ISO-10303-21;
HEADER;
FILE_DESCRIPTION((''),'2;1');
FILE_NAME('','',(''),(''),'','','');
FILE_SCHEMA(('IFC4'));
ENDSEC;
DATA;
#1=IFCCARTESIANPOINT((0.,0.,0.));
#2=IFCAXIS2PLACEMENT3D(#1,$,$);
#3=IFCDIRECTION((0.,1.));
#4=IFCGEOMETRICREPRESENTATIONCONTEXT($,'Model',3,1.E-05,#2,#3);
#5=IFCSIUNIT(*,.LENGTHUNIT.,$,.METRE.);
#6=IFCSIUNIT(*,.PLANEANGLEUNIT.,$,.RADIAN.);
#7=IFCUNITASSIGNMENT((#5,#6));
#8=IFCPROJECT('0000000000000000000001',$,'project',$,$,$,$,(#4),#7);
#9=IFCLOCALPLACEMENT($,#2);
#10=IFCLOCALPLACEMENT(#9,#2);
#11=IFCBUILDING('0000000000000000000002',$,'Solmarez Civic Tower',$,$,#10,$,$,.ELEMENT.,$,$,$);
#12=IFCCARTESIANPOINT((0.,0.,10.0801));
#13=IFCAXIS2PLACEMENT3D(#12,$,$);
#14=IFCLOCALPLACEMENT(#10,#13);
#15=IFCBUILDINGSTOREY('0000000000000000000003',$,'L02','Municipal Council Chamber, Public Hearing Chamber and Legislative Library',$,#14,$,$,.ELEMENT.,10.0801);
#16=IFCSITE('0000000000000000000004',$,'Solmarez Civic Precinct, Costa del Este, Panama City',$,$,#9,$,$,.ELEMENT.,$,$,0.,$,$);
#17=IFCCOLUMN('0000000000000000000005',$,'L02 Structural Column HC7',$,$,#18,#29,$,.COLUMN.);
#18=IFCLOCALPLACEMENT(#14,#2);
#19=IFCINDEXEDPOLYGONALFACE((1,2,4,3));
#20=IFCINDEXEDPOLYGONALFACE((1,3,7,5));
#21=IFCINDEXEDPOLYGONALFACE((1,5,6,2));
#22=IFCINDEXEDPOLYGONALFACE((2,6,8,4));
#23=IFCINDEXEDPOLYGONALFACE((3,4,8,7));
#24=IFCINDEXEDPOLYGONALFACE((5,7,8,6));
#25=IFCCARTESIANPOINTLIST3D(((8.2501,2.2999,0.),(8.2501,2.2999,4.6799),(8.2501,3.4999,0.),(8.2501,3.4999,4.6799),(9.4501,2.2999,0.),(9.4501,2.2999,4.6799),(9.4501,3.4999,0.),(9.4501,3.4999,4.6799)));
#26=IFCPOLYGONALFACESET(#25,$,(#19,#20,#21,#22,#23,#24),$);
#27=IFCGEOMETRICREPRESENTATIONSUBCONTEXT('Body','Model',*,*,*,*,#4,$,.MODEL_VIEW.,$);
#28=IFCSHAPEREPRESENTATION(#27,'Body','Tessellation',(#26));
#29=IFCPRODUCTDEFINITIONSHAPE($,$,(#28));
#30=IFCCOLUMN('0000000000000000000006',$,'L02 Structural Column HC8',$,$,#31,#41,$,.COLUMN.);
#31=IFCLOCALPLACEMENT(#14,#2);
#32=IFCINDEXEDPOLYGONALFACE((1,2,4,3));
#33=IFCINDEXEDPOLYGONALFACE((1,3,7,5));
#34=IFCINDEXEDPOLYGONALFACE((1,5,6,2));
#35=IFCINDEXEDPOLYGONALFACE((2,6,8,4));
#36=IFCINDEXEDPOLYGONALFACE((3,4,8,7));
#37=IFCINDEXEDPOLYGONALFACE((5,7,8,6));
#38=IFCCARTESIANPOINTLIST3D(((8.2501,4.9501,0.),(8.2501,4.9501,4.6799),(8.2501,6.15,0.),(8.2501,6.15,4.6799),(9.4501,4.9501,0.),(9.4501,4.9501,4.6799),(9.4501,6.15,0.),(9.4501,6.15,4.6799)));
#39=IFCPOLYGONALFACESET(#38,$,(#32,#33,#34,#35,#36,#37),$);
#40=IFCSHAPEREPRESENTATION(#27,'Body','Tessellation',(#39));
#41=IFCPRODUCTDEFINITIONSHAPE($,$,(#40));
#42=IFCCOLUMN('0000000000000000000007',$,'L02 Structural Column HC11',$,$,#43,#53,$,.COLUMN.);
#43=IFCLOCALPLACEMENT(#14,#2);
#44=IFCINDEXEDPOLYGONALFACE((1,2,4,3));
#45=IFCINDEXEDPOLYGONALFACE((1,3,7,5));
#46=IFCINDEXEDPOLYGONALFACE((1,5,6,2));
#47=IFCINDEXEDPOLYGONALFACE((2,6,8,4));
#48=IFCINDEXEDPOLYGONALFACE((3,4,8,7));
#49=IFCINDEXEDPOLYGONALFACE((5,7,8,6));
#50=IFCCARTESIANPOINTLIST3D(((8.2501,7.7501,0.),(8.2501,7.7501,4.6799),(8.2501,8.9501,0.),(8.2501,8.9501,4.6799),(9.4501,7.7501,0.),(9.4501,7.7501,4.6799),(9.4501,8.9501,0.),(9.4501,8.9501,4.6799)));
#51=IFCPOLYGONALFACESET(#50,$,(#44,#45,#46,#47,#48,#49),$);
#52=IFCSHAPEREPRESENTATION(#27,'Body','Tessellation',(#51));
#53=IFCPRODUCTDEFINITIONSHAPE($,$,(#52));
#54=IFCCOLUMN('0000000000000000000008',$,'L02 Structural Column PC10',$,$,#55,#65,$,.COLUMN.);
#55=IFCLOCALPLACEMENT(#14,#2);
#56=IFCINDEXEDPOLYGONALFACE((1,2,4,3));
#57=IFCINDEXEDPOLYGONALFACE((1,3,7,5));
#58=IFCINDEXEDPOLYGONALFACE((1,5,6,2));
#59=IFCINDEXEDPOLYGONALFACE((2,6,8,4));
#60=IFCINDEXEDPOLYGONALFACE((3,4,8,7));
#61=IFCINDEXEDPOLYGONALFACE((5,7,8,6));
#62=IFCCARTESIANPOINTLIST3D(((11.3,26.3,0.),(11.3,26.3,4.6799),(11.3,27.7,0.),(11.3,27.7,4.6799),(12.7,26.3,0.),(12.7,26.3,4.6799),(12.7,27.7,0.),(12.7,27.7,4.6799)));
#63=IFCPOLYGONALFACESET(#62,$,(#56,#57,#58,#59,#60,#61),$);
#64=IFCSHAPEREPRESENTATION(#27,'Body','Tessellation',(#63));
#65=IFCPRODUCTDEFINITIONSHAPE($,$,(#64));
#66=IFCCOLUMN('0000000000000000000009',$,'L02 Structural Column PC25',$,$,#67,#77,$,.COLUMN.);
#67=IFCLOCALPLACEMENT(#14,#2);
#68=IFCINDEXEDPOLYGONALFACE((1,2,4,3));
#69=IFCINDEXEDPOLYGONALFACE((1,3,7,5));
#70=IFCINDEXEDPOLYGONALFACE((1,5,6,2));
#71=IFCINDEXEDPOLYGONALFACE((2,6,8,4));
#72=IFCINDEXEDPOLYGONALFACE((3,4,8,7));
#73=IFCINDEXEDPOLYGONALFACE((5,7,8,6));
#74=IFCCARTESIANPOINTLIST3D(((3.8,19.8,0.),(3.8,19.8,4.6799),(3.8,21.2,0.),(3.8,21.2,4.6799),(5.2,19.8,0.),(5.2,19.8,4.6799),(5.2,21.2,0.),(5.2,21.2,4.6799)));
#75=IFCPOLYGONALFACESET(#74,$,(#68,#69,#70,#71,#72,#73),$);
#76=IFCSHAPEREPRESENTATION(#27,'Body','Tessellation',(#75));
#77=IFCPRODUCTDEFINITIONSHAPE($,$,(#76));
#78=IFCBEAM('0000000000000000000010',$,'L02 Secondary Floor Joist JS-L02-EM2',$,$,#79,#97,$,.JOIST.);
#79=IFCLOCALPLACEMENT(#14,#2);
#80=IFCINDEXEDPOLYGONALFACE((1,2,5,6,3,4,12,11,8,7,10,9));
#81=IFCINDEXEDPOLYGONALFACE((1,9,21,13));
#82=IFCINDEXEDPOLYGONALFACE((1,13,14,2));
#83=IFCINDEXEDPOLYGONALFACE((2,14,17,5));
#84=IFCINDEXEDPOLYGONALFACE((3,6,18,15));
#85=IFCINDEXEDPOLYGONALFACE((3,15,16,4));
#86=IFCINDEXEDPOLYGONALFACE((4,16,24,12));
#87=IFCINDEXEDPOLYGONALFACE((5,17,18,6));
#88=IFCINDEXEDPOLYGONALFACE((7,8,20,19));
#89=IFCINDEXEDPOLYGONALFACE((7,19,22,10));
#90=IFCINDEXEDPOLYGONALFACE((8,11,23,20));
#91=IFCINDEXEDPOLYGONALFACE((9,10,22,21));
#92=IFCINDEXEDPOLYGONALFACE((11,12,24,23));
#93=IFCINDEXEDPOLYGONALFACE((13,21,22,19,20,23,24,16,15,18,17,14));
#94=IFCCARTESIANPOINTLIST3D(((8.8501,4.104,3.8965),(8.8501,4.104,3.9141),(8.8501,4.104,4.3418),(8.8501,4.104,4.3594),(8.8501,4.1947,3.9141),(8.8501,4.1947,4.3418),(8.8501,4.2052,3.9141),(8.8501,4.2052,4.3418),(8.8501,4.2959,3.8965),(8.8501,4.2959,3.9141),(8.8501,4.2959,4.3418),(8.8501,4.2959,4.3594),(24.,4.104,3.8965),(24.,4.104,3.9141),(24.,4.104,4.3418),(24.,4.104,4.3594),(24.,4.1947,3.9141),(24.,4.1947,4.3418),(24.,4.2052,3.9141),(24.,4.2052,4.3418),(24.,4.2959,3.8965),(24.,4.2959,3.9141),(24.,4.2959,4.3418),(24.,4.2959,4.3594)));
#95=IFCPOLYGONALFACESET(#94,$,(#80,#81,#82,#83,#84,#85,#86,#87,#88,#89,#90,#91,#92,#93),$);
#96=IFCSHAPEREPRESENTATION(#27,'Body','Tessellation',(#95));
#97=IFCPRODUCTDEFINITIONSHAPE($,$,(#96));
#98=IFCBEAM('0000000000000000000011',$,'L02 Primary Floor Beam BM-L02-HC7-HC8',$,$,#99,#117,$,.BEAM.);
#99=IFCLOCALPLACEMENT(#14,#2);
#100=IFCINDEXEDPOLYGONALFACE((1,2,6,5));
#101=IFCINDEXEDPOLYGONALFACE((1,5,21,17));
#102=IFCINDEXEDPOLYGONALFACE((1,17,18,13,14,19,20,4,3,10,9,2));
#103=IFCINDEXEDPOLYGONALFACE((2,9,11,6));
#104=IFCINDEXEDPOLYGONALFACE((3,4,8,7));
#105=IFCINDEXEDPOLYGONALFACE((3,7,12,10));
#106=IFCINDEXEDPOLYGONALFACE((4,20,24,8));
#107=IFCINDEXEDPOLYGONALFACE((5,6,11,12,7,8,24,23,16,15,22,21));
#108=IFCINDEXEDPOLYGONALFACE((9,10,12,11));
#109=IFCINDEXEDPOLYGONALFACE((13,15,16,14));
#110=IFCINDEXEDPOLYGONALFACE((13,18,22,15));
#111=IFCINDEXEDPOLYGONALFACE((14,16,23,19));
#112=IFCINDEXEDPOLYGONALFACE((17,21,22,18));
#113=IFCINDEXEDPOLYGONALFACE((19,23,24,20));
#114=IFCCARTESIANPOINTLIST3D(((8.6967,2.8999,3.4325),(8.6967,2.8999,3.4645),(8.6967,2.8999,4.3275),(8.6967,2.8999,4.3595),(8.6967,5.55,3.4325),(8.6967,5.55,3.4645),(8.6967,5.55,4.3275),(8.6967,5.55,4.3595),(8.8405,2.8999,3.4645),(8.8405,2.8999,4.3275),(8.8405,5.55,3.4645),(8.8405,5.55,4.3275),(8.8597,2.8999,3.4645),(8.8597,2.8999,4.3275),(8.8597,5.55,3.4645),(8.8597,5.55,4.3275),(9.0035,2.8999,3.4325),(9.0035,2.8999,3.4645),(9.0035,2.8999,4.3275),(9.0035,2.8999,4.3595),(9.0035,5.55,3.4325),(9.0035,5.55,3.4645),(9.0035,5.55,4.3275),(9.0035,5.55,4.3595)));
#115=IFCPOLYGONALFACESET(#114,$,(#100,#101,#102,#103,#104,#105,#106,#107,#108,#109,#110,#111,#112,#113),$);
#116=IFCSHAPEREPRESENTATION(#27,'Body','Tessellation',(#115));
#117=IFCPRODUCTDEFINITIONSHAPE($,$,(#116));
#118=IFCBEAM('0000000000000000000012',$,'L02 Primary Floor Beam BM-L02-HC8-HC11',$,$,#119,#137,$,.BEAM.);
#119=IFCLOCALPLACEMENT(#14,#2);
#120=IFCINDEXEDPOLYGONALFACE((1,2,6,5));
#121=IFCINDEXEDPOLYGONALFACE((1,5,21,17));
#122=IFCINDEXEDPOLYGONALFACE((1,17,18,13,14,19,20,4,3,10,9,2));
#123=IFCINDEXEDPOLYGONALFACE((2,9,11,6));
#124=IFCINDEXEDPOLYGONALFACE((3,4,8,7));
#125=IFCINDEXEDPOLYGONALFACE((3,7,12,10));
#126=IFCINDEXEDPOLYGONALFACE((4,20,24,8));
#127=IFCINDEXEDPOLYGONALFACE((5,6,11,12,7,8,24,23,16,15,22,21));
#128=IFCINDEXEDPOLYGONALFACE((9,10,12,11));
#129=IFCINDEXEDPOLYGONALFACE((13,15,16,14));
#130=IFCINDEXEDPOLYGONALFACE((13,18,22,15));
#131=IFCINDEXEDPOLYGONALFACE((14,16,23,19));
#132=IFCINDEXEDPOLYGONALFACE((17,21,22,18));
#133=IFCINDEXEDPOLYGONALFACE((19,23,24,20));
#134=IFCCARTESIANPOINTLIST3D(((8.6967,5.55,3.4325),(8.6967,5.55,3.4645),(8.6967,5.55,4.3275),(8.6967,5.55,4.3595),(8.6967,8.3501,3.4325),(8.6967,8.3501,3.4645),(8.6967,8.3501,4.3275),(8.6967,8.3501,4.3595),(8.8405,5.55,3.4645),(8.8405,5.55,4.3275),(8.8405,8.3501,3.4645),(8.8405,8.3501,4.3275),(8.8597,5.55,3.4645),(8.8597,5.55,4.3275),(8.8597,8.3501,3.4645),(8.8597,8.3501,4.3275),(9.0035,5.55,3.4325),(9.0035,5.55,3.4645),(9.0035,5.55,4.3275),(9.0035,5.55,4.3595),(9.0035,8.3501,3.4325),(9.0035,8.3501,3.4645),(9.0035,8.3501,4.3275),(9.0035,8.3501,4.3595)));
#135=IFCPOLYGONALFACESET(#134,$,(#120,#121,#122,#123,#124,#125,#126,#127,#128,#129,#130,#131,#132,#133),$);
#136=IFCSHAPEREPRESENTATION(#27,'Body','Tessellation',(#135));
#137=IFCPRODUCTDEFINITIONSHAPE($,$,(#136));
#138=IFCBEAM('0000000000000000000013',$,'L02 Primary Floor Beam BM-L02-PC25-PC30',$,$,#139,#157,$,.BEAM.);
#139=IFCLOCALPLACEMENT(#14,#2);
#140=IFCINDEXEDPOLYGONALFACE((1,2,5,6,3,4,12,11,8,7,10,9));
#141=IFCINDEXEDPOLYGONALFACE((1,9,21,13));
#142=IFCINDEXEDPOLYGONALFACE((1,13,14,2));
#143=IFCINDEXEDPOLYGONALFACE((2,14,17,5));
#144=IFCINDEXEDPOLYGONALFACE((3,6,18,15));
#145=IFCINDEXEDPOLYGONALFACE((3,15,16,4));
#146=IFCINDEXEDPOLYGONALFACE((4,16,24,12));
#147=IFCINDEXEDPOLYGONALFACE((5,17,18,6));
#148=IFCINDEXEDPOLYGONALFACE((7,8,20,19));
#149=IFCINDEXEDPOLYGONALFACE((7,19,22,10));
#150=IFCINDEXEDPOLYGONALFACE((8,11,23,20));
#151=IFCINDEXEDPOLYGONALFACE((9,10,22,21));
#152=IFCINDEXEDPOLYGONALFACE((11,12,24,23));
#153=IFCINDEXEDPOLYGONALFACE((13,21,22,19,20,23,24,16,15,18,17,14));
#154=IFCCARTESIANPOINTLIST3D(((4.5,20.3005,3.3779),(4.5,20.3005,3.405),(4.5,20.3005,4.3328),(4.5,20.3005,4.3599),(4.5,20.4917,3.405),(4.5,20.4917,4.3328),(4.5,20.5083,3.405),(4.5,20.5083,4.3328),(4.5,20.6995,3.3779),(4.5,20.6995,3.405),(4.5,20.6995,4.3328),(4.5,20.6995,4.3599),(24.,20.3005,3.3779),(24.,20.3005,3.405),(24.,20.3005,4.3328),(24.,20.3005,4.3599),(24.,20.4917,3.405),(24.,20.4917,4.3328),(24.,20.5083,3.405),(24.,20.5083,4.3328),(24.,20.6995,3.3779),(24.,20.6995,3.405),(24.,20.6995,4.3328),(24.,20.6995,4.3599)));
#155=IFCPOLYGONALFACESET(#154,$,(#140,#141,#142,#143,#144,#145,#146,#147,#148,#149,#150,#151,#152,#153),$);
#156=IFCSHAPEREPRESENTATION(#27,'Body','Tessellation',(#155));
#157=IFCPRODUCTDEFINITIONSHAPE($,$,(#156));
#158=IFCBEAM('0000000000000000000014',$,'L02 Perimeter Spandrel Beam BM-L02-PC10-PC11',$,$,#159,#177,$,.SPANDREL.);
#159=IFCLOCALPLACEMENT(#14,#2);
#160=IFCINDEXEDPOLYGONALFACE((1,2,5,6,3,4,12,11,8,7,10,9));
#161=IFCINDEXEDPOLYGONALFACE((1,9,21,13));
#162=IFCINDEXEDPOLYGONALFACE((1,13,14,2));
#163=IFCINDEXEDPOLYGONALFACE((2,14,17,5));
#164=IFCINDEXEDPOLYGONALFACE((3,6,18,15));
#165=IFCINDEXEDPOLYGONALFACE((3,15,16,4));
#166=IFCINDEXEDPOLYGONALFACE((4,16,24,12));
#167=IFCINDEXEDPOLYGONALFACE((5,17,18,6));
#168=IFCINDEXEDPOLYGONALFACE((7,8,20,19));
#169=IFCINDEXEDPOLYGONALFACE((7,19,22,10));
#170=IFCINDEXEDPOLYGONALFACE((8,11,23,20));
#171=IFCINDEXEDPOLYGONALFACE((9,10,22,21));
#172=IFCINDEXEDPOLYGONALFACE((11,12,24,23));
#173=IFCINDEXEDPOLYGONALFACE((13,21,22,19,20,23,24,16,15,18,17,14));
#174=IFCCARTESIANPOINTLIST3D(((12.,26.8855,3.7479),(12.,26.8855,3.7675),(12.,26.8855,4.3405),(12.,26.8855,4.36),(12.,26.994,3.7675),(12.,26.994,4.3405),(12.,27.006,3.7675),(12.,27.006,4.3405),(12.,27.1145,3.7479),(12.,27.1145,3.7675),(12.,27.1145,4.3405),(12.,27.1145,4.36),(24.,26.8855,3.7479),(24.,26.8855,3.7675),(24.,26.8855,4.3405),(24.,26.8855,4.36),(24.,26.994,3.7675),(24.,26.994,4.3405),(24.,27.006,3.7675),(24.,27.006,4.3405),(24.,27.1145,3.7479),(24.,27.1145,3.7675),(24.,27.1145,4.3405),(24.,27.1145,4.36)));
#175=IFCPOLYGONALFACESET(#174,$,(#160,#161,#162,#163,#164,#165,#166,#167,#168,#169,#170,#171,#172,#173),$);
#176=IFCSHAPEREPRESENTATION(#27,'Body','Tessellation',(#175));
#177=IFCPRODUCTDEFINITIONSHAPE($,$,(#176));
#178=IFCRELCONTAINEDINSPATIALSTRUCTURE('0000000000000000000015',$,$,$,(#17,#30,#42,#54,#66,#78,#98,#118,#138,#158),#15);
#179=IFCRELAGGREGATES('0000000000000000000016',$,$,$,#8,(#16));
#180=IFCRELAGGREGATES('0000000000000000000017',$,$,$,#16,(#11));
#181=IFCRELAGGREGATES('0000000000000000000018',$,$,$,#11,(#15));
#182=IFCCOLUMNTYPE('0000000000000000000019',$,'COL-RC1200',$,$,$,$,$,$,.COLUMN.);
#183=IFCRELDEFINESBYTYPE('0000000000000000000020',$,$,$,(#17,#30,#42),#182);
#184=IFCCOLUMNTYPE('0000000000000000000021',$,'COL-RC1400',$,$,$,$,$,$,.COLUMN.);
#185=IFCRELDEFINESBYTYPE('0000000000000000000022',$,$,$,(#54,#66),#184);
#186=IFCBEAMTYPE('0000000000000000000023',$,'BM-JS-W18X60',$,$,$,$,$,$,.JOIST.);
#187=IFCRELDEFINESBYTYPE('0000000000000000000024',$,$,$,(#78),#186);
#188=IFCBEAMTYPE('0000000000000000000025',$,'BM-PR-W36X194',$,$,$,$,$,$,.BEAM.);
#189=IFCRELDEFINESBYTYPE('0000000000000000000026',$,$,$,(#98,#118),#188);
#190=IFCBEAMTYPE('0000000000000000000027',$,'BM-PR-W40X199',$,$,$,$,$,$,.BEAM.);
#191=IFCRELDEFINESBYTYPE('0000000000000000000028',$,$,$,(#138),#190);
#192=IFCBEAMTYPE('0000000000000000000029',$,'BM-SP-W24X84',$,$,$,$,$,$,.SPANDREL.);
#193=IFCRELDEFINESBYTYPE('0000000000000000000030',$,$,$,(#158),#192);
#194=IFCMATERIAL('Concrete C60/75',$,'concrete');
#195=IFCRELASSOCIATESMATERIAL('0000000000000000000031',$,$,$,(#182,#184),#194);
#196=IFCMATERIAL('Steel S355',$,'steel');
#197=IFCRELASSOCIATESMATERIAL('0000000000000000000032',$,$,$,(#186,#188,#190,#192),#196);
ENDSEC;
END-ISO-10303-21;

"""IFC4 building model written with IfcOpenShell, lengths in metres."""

from ifc_helpers import new_model, si_unit, direction, frame, origin, origin_2d, place, context, subcontext, project, spatial, rectangle, i_section, extrude, material, material_profile, profile_set, type_object, element, save


model = new_model("IFC4")

# Units and contexts
model_context = context("Model", 3, precision=1e-05, world=origin(), true_north=direction((0.0, 1.0)))
body_context = subcontext(model_context, "Body", "Model", "MODEL_VIEW")
ifc_project = project(units=[si_unit("LENGTHUNIT", "METRE"), si_unit("PLANEANGLEUNIT", "RADIAN")], contexts=[model_context])

# Site, building, storey
site_placement = place(None, origin())
site = spatial("IfcSite", under=ifc_project, at=site_placement, Name="Solmarez Civic Precinct, Costa del Este, Panama City", CompositionType="ELEMENT", RefElevation=0.0)
building_placement = place(site_placement, origin())
building = spatial("IfcBuilding", under=site, at=building_placement, Name="Solmarez Civic Tower", CompositionType="ELEMENT")
storey_placement = place(building_placement, frame((0.0, 0.0, 10.0801)))
storey = spatial("IfcBuildingStorey", under=building, at=storey_placement, Name="L02", Description="Municipal Council Chamber, Public Hearing Chamber and Legislative Library", CompositionType="ELEMENT", Elevation=10.0801)

# Columns
ifc_material_1 = material(Name="Concrete C60/75", Category="concrete")
ifc_material_profile_1 = material_profile(ifc_material_1, rectangle(XDim=1.2, YDim=1.2, at=origin_2d()), Name="RC1200X1200")
ifc_profile_set_1 = profile_set([ifc_material_profile_1], Name="Concrete C60/75")
column_type_1 = type_object("IfcColumnType", Name="COL-RC1200", PredefinedType="COLUMN", material=ifc_profile_set_1)
for number, where, z_axis, x_axis, name in (
    (1, (8.8501, 2.8999, 0.0), (0.0, 0.0, 1.0), (1.0, 0.0, 0.0), "L02 Structural Column HC7"),
    (2, (8.8501, 5.55, 0.0), (0.0, 0.0, 1.0), (1.0, 0.0, 0.0), "L02 Structural Column HC8"),
    (3, (8.8501, 8.3501, 0.0), (0.0, 0.0, 1.0), (1.0, 0.0, 0.0), "L02 Structural Column HC11"),
):
    element("IfcColumn", number, at=place(storey_placement, frame(where, z_axis=z_axis, x_axis=x_axis)), inside=storey, type_object=column_type_1, Name=name, PredefinedType="COLUMN", context=body_context, shape_type="SweptSolid", body=[
        extrude(rectangle(XDim=1.2, YDim=1.2, at=origin_2d()), origin(), (0.0, 0.0, 1.0), 4.6799),
    ])
ifc_material_profile_2 = material_profile(ifc_material_1, rectangle(XDim=1.3999, YDim=1.3999, at=origin_2d()), Name="RC1400X1400")
ifc_profile_set_2 = profile_set([ifc_material_profile_2], Name="Concrete C60/75")
column_type_2 = type_object("IfcColumnType", Name="COL-RC1400", PredefinedType="COLUMN", material=ifc_profile_set_2)
for number, where, z_axis, x_axis, name in (
    (4, (12.0, 27.0, 0.0), (0.0, 0.0, 1.0), (1.0, 0.0, 0.0), "L02 Structural Column PC10"),
    (5, (4.5, 20.5, 0.0), (0.0, 0.0, 1.0), (1.0, 0.0, 0.0), "L02 Structural Column PC25"),
):
    element("IfcColumn", number, at=place(storey_placement, frame(where, z_axis=z_axis, x_axis=x_axis)), inside=storey, type_object=column_type_2, Name=name, PredefinedType="COLUMN", context=body_context, shape_type="SweptSolid", body=[
        extrude(rectangle(XDim=1.3999, YDim=1.3999, at=origin_2d()), origin(), (0.0, 0.0, 1.0), 4.6799),
    ])

# Beams
ifc_material_2 = material(Name="Steel S355", Category="steel")
ifc_material_profile_3 = material_profile(ifc_material_2, i_section(OverallWidth=0.1919, OverallDepth=0.4629, WebThickness=0.0105, FlangeThickness=0.0176, at=origin_2d()), Name="W18X60")
ifc_profile_set_3 = profile_set([ifc_material_profile_3], Name="Steel S355")
beam_type_1 = type_object("IfcBeamType", Name="BM-JS-W18X60", PredefinedType="JOIST", material=ifc_profile_set_3)
beam_1_placement = place(storey_placement, frame((8.8501, 4.2, 4.1279), z_axis=(1.0, 0.0, 0.0), x_axis=(0.0, 1.0, 0.0)))
element("IfcBeam", 6, at=beam_1_placement, inside=storey, type_object=beam_type_1, Name="L02 Secondary Floor Joist JS-L02-EM2", PredefinedType="JOIST", context=body_context, shape_type="SweptSolid", body=[
    extrude(i_section(OverallWidth=0.1919, OverallDepth=0.4629, WebThickness=0.0105, FlangeThickness=0.0176, at=origin_2d()), origin(), (0.0, 0.0, 1.0), 15.1499),
])
ifc_material_profile_4 = material_profile(ifc_material_2, i_section(OverallWidth=0.3069, OverallDepth=0.927, WebThickness=0.0193, FlangeThickness=0.032, at=origin_2d()), Name="W36X194")
ifc_profile_set_4 = profile_set([ifc_material_profile_4], Name="Steel S355")
beam_type_2 = type_object("IfcBeamType", Name="BM-PR-W36X194", PredefinedType="BEAM", material=ifc_profile_set_4)
beam_2_placement = place(storey_placement, frame((8.8501, 2.8999, 3.896), z_axis=(0.0, 1.0, 0.0), x_axis=(-1.0, 0.0, 0.0)))
element("IfcBeam", 7, at=beam_2_placement, inside=storey, type_object=beam_type_2, Name="L02 Primary Floor Beam BM-L02-HC7-HC8", PredefinedType="BEAM", context=body_context, shape_type="SweptSolid", body=[
    extrude(i_section(OverallWidth=0.3069, OverallDepth=0.927, WebThickness=0.0193, FlangeThickness=0.032, at=origin_2d()), origin(), (0.0, 0.0, 1.0), 2.6501),
])
beam_3_placement = place(storey_placement, frame((8.8501, 5.55, 3.896), z_axis=(0.0, 1.0, 0.0), x_axis=(-1.0, 0.0, 0.0)))
element("IfcBeam", 8, at=beam_3_placement, inside=storey, type_object=beam_type_2, Name="L02 Primary Floor Beam BM-L02-HC8-HC11", PredefinedType="BEAM", context=body_context, shape_type="SweptSolid", body=[
    extrude(i_section(OverallWidth=0.3069, OverallDepth=0.927, WebThickness=0.0193, FlangeThickness=0.032, at=origin_2d()), origin(), (0.0, 0.0, 1.0), 2.8),
])
ifc_material_profile_5 = material_profile(ifc_material_2, i_section(OverallWidth=0.3989, OverallDepth=0.9819, WebThickness=0.0166, FlangeThickness=0.0271, at=origin_2d()), Name="W40X199")
ifc_profile_set_5 = profile_set([ifc_material_profile_5], Name="Steel S355")
beam_type_3 = type_object("IfcBeamType", Name="BM-PR-W40X199", PredefinedType="BEAM", material=ifc_profile_set_5)
beam_4_placement = place(storey_placement, frame((4.5, 20.5, 3.8689), z_axis=(1.0, 0.0, 0.0), x_axis=(0.0, 1.0, 0.0)))
element("IfcBeam", 9, at=beam_4_placement, inside=storey, type_object=beam_type_3, Name="L02 Primary Floor Beam BM-L02-PC25-PC30", PredefinedType="BEAM", context=body_context, shape_type="SweptSolid", body=[
    extrude(i_section(OverallWidth=0.3989, OverallDepth=0.9819, WebThickness=0.0166, FlangeThickness=0.0271, at=origin_2d()), origin(), (0.0, 0.0, 1.0), 19.5),
])
ifc_material_profile_6 = material_profile(ifc_material_2, i_section(OverallWidth=0.229, OverallDepth=0.6121, WebThickness=0.012, FlangeThickness=0.0195, at=origin_2d()), Name="W24X84")
ifc_profile_set_6 = profile_set([ifc_material_profile_6], Name="Steel S355")
beam_type_4 = type_object("IfcBeamType", Name="BM-SP-W24X84", PredefinedType="SPANDREL", material=ifc_profile_set_6)
beam_5_placement = place(storey_placement, frame((12.0, 27.0, 4.054), z_axis=(1.0, 0.0, 0.0), x_axis=(0.0, 1.0, 0.0)))
element("IfcBeam", 10, at=beam_5_placement, inside=storey, type_object=beam_type_4, Name="L02 Perimeter Spandrel Beam BM-L02-PC10-PC11", PredefinedType="SPANDREL", context=body_context, shape_type="SweptSolid", body=[
    extrude(i_section(OverallWidth=0.229, OverallDepth=0.6121, WebThickness=0.012, FlangeThickness=0.0195, at=origin_2d()), origin(), (0.0, 0.0, 1.0), 12.0),
])

save(model, "model.ifc")
